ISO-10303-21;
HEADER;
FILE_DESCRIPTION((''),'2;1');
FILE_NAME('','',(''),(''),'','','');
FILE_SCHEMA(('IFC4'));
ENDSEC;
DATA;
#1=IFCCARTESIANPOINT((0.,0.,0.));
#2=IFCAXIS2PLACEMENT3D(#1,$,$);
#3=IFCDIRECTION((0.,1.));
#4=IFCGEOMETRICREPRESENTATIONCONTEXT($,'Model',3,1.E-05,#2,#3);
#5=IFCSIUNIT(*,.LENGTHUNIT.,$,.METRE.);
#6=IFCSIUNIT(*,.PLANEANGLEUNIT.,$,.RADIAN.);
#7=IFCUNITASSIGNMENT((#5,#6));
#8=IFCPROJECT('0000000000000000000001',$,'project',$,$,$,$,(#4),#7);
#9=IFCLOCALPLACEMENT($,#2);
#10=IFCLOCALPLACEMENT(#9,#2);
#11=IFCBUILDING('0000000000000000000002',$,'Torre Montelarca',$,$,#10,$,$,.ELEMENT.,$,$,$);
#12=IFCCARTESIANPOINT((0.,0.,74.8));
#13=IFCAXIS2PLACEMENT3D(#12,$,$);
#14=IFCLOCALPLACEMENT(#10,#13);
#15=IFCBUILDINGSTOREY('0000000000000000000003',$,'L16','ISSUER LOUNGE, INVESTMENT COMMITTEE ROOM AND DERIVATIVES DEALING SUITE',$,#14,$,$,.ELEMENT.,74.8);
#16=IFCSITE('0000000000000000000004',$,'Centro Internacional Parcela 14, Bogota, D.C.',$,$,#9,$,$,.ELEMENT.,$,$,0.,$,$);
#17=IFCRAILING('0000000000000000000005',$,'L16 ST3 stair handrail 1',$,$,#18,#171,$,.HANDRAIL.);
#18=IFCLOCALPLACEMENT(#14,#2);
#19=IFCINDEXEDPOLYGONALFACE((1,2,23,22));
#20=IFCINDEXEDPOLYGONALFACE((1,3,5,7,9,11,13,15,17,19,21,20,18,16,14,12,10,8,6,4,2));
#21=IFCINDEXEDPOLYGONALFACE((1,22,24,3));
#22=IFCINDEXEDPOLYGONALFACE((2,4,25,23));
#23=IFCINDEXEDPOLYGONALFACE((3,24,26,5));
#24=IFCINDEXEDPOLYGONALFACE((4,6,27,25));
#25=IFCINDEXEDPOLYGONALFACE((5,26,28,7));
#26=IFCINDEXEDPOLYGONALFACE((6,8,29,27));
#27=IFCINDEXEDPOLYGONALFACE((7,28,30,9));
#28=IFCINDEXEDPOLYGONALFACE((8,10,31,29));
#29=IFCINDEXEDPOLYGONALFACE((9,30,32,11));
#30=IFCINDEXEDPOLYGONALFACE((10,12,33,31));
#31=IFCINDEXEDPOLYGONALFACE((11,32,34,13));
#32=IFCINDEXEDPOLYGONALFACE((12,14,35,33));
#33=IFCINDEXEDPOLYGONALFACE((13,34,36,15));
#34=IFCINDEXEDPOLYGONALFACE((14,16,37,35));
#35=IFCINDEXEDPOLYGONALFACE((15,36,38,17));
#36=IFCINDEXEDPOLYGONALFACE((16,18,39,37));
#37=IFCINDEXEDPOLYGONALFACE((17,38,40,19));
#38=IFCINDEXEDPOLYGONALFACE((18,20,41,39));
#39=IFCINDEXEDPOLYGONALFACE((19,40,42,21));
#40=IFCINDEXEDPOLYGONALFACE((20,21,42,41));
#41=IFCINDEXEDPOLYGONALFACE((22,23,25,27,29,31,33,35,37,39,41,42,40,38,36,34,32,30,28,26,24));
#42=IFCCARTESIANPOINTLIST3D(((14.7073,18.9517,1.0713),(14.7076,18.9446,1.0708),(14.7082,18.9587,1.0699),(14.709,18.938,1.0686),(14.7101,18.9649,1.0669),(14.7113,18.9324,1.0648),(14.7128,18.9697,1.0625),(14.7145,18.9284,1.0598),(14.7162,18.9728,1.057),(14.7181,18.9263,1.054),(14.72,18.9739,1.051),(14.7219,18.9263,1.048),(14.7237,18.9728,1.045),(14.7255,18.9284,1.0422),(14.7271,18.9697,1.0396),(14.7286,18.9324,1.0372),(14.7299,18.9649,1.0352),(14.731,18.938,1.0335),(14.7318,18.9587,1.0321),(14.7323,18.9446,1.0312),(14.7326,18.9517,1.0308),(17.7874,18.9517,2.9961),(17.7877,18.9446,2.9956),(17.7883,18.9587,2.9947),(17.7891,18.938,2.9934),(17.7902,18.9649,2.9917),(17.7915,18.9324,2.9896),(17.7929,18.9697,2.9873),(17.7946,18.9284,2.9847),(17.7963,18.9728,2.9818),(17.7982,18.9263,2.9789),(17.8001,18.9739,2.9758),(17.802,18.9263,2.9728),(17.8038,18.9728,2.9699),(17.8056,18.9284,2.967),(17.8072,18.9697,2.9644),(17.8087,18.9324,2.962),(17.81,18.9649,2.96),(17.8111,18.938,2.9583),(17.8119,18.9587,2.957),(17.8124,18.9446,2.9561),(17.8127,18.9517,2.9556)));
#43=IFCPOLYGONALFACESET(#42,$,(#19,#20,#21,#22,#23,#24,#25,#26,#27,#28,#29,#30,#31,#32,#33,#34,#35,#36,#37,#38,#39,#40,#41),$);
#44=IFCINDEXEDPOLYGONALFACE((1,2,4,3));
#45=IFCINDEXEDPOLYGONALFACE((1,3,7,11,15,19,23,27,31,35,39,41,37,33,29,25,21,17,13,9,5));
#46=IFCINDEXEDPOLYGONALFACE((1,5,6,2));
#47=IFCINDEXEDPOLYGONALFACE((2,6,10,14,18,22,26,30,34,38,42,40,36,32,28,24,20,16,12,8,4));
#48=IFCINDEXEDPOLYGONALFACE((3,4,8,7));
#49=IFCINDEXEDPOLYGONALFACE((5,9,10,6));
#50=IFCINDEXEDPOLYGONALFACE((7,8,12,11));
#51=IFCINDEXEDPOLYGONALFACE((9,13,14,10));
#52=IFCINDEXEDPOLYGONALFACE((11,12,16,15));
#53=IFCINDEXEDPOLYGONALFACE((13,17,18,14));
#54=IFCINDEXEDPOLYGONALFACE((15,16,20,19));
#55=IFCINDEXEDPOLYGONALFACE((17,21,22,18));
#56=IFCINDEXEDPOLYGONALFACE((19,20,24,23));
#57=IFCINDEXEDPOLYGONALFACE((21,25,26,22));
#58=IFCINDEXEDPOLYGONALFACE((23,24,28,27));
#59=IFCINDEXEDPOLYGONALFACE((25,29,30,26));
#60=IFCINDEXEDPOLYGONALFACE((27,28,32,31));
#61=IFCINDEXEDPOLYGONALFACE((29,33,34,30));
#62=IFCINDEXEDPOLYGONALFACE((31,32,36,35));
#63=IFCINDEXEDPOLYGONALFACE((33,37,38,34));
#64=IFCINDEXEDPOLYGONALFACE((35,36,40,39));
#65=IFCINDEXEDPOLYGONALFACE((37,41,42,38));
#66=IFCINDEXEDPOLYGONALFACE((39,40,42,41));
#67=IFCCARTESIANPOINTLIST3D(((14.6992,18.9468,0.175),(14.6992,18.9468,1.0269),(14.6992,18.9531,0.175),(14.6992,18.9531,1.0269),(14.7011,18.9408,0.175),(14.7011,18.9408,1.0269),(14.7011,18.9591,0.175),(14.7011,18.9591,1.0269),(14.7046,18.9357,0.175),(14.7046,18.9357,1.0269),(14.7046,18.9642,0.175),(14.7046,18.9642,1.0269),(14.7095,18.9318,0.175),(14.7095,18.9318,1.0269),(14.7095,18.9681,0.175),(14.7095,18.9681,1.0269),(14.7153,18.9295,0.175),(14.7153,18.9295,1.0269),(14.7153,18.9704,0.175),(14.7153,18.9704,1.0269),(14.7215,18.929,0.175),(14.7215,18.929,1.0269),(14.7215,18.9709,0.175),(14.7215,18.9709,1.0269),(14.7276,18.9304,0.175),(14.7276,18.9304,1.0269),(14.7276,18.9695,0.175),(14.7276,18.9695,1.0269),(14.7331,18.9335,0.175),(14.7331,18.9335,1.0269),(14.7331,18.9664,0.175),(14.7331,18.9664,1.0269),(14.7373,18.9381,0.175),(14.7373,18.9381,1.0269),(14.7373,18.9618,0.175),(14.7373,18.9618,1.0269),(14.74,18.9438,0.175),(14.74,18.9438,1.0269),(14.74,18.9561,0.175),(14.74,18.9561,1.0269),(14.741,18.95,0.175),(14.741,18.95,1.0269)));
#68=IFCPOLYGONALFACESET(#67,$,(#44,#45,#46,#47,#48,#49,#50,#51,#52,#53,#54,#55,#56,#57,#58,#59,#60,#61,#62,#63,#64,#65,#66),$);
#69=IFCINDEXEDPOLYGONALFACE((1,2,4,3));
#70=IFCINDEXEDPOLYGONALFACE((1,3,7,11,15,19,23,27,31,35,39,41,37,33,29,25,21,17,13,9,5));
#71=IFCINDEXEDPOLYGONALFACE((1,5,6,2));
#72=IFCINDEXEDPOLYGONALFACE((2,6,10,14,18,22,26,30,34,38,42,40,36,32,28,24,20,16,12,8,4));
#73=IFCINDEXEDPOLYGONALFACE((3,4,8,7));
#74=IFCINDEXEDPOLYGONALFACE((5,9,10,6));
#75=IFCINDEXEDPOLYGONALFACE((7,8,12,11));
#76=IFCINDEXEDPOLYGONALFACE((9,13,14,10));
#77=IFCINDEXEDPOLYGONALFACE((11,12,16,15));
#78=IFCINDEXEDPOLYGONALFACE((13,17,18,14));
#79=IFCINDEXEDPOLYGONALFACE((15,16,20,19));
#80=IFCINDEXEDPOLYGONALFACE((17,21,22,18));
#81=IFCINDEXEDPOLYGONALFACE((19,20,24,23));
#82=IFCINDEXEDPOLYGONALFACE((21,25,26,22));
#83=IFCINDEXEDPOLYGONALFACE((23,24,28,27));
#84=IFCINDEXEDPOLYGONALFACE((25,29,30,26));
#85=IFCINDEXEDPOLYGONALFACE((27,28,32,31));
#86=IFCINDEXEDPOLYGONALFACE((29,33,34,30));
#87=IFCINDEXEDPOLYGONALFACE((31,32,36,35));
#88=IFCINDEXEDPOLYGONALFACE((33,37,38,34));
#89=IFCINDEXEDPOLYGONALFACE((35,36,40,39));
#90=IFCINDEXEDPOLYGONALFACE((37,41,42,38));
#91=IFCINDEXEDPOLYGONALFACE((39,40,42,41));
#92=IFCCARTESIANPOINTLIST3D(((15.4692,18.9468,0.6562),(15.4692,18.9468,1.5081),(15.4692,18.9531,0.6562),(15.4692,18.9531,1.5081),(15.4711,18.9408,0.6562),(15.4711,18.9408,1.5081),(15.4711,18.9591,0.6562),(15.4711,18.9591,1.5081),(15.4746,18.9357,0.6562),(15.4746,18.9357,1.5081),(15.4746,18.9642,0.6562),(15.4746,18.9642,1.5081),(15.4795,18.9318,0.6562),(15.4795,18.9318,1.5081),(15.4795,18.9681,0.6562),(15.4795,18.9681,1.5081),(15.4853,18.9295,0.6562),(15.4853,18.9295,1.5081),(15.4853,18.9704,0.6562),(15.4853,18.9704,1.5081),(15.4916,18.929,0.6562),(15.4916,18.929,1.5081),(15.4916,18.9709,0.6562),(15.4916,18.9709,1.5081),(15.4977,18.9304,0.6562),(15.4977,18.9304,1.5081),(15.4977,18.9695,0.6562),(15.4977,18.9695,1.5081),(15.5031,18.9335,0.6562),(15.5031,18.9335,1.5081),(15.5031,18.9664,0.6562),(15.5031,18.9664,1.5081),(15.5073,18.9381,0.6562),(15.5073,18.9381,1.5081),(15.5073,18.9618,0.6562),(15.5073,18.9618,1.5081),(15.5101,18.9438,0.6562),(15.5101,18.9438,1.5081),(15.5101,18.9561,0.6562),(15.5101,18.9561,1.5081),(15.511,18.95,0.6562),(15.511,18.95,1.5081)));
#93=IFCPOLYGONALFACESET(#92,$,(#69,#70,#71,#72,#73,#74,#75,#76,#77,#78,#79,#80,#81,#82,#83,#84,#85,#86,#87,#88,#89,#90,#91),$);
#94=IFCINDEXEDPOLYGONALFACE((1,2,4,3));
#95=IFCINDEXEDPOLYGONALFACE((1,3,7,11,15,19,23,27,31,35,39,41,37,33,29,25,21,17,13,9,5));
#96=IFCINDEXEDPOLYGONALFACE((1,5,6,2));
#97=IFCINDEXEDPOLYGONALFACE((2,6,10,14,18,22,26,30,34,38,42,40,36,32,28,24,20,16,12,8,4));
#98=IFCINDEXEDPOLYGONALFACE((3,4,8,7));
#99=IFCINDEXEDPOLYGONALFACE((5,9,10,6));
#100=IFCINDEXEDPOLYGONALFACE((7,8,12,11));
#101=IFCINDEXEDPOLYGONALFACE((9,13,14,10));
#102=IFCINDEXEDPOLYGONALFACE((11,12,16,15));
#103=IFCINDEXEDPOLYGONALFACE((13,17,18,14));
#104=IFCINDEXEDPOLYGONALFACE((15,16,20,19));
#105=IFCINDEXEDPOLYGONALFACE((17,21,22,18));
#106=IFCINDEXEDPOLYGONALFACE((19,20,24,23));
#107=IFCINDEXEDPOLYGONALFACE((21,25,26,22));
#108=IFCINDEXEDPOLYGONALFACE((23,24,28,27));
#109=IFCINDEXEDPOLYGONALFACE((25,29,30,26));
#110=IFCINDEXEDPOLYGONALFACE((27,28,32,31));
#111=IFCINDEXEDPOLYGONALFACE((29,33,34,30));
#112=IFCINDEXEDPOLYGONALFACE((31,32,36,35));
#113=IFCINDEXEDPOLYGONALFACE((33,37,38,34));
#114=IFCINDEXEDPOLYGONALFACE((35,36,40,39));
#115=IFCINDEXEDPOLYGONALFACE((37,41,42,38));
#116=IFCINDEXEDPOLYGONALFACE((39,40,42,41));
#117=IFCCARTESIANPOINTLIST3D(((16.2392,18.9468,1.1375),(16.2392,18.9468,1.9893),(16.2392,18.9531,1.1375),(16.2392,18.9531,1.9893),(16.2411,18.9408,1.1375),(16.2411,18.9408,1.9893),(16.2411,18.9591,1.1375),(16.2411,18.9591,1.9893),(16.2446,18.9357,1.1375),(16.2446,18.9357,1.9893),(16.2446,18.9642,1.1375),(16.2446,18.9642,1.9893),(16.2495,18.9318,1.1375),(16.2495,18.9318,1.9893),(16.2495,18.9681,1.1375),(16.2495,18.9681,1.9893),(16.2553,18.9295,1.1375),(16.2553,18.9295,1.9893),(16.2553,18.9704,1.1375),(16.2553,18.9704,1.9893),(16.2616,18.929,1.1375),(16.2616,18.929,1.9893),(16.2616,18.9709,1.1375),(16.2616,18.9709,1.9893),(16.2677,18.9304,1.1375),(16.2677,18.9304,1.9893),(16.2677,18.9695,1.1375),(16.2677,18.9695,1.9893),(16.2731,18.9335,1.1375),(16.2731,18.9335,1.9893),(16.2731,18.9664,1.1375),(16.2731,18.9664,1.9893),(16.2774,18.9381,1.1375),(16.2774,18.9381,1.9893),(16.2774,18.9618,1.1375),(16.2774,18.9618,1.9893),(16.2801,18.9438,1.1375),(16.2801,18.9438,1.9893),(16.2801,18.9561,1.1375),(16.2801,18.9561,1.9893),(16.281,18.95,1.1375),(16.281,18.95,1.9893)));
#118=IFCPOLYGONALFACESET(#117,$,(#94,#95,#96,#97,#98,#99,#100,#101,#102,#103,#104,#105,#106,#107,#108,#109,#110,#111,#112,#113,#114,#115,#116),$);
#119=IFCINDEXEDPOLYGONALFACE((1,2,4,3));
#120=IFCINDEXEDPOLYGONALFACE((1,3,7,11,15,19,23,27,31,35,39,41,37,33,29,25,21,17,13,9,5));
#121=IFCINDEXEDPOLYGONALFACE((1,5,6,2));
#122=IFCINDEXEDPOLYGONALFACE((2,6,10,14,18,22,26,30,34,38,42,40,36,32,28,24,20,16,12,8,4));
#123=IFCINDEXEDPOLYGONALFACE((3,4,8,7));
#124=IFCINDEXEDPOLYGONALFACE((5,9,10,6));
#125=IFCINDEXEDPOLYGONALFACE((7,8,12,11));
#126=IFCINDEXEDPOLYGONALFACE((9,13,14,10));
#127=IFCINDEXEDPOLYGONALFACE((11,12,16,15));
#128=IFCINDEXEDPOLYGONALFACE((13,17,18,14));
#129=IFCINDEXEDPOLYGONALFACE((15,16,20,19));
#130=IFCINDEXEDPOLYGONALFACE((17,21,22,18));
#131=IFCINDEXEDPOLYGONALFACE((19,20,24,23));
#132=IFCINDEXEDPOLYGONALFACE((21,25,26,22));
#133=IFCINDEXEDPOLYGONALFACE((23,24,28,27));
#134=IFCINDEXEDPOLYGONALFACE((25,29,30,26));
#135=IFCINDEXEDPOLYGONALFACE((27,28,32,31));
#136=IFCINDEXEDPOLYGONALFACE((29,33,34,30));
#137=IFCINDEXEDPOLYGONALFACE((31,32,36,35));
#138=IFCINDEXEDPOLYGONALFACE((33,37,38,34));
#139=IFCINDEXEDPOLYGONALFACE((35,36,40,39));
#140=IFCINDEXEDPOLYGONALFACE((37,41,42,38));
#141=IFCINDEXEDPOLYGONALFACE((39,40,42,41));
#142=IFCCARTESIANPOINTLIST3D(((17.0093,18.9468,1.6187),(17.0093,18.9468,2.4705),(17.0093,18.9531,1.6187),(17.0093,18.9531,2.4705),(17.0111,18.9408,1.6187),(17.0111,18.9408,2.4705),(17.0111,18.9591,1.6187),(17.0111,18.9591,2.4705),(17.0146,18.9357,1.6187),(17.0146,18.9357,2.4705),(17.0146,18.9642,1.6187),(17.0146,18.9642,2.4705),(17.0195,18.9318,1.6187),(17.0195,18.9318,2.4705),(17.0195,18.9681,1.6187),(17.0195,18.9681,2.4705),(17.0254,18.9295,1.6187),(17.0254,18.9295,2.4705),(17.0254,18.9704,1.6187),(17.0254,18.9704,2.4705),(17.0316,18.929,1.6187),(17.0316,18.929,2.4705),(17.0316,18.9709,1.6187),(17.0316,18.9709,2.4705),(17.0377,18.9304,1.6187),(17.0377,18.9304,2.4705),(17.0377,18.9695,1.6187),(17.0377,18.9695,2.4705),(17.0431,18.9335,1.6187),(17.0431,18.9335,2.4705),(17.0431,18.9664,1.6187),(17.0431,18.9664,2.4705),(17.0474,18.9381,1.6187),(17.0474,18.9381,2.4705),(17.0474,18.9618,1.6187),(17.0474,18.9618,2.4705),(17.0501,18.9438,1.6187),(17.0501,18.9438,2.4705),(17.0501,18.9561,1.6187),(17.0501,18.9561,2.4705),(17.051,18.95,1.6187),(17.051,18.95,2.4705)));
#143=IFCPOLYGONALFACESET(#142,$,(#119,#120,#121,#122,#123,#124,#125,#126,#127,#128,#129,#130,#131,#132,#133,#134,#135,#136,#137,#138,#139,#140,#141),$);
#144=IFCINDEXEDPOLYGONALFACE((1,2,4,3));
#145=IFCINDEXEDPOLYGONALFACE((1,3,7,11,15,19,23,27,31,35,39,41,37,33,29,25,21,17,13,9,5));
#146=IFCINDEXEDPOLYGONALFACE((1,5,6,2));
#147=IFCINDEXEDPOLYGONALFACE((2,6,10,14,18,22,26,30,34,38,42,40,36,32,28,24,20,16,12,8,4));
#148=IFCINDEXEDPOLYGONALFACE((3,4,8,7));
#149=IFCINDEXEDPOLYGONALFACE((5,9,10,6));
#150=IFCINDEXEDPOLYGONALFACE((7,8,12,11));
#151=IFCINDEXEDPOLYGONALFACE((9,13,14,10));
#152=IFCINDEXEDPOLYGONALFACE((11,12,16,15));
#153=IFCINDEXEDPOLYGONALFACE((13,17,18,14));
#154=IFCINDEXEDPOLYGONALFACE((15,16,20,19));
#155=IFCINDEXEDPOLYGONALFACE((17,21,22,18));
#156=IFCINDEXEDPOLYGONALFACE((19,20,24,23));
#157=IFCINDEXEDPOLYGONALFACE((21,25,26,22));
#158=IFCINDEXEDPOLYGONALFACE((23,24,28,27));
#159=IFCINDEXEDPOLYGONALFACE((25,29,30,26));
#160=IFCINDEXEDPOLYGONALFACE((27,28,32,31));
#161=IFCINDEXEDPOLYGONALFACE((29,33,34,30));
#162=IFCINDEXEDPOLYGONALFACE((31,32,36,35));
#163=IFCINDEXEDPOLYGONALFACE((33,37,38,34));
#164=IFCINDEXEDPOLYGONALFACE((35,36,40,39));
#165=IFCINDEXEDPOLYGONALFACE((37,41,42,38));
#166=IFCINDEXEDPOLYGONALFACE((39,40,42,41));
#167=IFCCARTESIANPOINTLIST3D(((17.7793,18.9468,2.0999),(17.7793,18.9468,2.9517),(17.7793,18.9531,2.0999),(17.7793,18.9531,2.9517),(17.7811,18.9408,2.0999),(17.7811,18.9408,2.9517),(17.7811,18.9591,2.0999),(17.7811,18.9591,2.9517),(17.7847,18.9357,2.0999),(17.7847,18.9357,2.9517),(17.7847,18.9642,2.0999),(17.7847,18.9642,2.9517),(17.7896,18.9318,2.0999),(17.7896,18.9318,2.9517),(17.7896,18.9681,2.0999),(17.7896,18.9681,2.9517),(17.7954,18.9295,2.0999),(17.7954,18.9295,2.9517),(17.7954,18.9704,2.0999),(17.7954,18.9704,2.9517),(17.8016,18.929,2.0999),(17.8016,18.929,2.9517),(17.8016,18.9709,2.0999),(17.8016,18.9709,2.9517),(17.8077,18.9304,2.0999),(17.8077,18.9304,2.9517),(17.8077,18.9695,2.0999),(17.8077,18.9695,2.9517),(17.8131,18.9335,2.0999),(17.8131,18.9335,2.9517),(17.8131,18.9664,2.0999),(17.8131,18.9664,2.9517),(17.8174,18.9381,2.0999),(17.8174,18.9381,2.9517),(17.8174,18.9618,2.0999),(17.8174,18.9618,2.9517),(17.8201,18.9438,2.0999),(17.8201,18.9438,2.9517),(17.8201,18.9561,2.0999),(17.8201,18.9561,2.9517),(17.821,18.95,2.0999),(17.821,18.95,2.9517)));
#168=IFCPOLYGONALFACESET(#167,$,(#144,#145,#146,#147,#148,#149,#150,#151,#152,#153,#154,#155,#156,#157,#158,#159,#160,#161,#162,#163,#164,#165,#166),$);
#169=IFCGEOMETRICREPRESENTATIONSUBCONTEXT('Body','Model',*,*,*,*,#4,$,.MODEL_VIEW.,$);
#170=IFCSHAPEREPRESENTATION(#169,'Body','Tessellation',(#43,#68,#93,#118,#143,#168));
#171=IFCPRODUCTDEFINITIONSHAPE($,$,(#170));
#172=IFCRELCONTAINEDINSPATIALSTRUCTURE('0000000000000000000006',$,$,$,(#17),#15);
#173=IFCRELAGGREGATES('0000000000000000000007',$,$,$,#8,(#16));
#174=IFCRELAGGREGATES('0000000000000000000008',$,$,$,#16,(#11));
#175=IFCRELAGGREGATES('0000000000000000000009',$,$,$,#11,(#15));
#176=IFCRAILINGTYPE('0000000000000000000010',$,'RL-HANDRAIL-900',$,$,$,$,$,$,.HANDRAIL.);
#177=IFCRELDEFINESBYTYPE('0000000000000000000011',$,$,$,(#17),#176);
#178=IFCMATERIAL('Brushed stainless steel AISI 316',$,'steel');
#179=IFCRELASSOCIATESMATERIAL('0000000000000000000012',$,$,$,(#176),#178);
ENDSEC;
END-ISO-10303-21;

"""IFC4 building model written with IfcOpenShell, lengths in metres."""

from ifc_helpers import new_model, si_unit, direction, frame, origin, origin_2d, place, context, subcontext, project, spatial, circle, extrude, material, type_object, element, save


model = new_model("IFC4")

# Units and contexts
model_context = context("Model", 3, precision=1e-05, world=origin(), true_north=direction((0.0, 1.0)))
body_context = subcontext(model_context, "Body", "Model", "MODEL_VIEW")
ifc_project = project(units=[si_unit("LENGTHUNIT", "METRE"), si_unit("PLANEANGLEUNIT", "RADIAN")], contexts=[model_context])

# Site, building, storey
site_placement = place(None, origin())
site = spatial("IfcSite", under=ifc_project, at=site_placement, Name="Centro Internacional Parcela 14, Bogota, D.C.", CompositionType="ELEMENT", RefElevation=0.0)
building_placement = place(site_placement, origin())
building = spatial("IfcBuilding", under=site, at=building_placement, Name="Torre Montelarca", CompositionType="ELEMENT")
storey_placement = place(building_placement, frame((0.0, 0.0, 74.8)))
storey = spatial("IfcBuildingStorey", under=building, at=storey_placement, Name="L16", Description="ISSUER LOUNGE, INVESTMENT COMMITTEE ROOM AND DERIVATIVES DEALING SUITE", CompositionType="ELEMENT", Elevation=74.8)

# Railing
ifc_material_1 = material(Name="Brushed stainless steel AISI 316", Category="steel")
railing_type_1 = type_object("IfcRailingType", Name="RL-HANDRAIL-900", PredefinedType="HANDRAIL", material=ifc_material_1)
railing_1_placement = place(storey_placement, frame((14.72, 18.95, 0.175)))
element("IfcRailing", 1, at=railing_1_placement, inside=storey, type_object=railing_type_1, Name="L16 ST3 stair handrail 1", PredefinedType="HANDRAIL", context=body_context, shape_type="SweptSolid", body=[
    extrude(circle(Radius=0.0239, at=origin_2d()), frame((0.0, 0.0, 0.876), z_axis=(0.848029, 0.0, 0.529951), x_axis=(0.0, 1.0, 0.0)), (0.0, 0.0, 1.0), 3.6321),
    extrude(circle(Radius=0.021, at=origin_2d()), origin(), (0.0, 0.0, 1.0), 0.8518),
    extrude(circle(Radius=0.021, at=origin_2d()), frame((0.77, 0.0, 0.4812)), (0.0, 0.0, 1.0), 0.8518),
    extrude(circle(Radius=0.021, at=origin_2d()), frame((1.54, 0.0, 0.9624)), (0.0, 0.0, 1.0), 0.8518),
    extrude(circle(Radius=0.021, at=origin_2d()), frame((2.3101, 0.0, 1.4436)), (0.0, 0.0, 1.0), 0.8518),
    extrude(circle(Radius=0.021, at=origin_2d()), frame((3.0801, 0.0, 1.9248)), (0.0, 0.0, 1.0), 0.8518),
])

save(model, "model.ifc")
